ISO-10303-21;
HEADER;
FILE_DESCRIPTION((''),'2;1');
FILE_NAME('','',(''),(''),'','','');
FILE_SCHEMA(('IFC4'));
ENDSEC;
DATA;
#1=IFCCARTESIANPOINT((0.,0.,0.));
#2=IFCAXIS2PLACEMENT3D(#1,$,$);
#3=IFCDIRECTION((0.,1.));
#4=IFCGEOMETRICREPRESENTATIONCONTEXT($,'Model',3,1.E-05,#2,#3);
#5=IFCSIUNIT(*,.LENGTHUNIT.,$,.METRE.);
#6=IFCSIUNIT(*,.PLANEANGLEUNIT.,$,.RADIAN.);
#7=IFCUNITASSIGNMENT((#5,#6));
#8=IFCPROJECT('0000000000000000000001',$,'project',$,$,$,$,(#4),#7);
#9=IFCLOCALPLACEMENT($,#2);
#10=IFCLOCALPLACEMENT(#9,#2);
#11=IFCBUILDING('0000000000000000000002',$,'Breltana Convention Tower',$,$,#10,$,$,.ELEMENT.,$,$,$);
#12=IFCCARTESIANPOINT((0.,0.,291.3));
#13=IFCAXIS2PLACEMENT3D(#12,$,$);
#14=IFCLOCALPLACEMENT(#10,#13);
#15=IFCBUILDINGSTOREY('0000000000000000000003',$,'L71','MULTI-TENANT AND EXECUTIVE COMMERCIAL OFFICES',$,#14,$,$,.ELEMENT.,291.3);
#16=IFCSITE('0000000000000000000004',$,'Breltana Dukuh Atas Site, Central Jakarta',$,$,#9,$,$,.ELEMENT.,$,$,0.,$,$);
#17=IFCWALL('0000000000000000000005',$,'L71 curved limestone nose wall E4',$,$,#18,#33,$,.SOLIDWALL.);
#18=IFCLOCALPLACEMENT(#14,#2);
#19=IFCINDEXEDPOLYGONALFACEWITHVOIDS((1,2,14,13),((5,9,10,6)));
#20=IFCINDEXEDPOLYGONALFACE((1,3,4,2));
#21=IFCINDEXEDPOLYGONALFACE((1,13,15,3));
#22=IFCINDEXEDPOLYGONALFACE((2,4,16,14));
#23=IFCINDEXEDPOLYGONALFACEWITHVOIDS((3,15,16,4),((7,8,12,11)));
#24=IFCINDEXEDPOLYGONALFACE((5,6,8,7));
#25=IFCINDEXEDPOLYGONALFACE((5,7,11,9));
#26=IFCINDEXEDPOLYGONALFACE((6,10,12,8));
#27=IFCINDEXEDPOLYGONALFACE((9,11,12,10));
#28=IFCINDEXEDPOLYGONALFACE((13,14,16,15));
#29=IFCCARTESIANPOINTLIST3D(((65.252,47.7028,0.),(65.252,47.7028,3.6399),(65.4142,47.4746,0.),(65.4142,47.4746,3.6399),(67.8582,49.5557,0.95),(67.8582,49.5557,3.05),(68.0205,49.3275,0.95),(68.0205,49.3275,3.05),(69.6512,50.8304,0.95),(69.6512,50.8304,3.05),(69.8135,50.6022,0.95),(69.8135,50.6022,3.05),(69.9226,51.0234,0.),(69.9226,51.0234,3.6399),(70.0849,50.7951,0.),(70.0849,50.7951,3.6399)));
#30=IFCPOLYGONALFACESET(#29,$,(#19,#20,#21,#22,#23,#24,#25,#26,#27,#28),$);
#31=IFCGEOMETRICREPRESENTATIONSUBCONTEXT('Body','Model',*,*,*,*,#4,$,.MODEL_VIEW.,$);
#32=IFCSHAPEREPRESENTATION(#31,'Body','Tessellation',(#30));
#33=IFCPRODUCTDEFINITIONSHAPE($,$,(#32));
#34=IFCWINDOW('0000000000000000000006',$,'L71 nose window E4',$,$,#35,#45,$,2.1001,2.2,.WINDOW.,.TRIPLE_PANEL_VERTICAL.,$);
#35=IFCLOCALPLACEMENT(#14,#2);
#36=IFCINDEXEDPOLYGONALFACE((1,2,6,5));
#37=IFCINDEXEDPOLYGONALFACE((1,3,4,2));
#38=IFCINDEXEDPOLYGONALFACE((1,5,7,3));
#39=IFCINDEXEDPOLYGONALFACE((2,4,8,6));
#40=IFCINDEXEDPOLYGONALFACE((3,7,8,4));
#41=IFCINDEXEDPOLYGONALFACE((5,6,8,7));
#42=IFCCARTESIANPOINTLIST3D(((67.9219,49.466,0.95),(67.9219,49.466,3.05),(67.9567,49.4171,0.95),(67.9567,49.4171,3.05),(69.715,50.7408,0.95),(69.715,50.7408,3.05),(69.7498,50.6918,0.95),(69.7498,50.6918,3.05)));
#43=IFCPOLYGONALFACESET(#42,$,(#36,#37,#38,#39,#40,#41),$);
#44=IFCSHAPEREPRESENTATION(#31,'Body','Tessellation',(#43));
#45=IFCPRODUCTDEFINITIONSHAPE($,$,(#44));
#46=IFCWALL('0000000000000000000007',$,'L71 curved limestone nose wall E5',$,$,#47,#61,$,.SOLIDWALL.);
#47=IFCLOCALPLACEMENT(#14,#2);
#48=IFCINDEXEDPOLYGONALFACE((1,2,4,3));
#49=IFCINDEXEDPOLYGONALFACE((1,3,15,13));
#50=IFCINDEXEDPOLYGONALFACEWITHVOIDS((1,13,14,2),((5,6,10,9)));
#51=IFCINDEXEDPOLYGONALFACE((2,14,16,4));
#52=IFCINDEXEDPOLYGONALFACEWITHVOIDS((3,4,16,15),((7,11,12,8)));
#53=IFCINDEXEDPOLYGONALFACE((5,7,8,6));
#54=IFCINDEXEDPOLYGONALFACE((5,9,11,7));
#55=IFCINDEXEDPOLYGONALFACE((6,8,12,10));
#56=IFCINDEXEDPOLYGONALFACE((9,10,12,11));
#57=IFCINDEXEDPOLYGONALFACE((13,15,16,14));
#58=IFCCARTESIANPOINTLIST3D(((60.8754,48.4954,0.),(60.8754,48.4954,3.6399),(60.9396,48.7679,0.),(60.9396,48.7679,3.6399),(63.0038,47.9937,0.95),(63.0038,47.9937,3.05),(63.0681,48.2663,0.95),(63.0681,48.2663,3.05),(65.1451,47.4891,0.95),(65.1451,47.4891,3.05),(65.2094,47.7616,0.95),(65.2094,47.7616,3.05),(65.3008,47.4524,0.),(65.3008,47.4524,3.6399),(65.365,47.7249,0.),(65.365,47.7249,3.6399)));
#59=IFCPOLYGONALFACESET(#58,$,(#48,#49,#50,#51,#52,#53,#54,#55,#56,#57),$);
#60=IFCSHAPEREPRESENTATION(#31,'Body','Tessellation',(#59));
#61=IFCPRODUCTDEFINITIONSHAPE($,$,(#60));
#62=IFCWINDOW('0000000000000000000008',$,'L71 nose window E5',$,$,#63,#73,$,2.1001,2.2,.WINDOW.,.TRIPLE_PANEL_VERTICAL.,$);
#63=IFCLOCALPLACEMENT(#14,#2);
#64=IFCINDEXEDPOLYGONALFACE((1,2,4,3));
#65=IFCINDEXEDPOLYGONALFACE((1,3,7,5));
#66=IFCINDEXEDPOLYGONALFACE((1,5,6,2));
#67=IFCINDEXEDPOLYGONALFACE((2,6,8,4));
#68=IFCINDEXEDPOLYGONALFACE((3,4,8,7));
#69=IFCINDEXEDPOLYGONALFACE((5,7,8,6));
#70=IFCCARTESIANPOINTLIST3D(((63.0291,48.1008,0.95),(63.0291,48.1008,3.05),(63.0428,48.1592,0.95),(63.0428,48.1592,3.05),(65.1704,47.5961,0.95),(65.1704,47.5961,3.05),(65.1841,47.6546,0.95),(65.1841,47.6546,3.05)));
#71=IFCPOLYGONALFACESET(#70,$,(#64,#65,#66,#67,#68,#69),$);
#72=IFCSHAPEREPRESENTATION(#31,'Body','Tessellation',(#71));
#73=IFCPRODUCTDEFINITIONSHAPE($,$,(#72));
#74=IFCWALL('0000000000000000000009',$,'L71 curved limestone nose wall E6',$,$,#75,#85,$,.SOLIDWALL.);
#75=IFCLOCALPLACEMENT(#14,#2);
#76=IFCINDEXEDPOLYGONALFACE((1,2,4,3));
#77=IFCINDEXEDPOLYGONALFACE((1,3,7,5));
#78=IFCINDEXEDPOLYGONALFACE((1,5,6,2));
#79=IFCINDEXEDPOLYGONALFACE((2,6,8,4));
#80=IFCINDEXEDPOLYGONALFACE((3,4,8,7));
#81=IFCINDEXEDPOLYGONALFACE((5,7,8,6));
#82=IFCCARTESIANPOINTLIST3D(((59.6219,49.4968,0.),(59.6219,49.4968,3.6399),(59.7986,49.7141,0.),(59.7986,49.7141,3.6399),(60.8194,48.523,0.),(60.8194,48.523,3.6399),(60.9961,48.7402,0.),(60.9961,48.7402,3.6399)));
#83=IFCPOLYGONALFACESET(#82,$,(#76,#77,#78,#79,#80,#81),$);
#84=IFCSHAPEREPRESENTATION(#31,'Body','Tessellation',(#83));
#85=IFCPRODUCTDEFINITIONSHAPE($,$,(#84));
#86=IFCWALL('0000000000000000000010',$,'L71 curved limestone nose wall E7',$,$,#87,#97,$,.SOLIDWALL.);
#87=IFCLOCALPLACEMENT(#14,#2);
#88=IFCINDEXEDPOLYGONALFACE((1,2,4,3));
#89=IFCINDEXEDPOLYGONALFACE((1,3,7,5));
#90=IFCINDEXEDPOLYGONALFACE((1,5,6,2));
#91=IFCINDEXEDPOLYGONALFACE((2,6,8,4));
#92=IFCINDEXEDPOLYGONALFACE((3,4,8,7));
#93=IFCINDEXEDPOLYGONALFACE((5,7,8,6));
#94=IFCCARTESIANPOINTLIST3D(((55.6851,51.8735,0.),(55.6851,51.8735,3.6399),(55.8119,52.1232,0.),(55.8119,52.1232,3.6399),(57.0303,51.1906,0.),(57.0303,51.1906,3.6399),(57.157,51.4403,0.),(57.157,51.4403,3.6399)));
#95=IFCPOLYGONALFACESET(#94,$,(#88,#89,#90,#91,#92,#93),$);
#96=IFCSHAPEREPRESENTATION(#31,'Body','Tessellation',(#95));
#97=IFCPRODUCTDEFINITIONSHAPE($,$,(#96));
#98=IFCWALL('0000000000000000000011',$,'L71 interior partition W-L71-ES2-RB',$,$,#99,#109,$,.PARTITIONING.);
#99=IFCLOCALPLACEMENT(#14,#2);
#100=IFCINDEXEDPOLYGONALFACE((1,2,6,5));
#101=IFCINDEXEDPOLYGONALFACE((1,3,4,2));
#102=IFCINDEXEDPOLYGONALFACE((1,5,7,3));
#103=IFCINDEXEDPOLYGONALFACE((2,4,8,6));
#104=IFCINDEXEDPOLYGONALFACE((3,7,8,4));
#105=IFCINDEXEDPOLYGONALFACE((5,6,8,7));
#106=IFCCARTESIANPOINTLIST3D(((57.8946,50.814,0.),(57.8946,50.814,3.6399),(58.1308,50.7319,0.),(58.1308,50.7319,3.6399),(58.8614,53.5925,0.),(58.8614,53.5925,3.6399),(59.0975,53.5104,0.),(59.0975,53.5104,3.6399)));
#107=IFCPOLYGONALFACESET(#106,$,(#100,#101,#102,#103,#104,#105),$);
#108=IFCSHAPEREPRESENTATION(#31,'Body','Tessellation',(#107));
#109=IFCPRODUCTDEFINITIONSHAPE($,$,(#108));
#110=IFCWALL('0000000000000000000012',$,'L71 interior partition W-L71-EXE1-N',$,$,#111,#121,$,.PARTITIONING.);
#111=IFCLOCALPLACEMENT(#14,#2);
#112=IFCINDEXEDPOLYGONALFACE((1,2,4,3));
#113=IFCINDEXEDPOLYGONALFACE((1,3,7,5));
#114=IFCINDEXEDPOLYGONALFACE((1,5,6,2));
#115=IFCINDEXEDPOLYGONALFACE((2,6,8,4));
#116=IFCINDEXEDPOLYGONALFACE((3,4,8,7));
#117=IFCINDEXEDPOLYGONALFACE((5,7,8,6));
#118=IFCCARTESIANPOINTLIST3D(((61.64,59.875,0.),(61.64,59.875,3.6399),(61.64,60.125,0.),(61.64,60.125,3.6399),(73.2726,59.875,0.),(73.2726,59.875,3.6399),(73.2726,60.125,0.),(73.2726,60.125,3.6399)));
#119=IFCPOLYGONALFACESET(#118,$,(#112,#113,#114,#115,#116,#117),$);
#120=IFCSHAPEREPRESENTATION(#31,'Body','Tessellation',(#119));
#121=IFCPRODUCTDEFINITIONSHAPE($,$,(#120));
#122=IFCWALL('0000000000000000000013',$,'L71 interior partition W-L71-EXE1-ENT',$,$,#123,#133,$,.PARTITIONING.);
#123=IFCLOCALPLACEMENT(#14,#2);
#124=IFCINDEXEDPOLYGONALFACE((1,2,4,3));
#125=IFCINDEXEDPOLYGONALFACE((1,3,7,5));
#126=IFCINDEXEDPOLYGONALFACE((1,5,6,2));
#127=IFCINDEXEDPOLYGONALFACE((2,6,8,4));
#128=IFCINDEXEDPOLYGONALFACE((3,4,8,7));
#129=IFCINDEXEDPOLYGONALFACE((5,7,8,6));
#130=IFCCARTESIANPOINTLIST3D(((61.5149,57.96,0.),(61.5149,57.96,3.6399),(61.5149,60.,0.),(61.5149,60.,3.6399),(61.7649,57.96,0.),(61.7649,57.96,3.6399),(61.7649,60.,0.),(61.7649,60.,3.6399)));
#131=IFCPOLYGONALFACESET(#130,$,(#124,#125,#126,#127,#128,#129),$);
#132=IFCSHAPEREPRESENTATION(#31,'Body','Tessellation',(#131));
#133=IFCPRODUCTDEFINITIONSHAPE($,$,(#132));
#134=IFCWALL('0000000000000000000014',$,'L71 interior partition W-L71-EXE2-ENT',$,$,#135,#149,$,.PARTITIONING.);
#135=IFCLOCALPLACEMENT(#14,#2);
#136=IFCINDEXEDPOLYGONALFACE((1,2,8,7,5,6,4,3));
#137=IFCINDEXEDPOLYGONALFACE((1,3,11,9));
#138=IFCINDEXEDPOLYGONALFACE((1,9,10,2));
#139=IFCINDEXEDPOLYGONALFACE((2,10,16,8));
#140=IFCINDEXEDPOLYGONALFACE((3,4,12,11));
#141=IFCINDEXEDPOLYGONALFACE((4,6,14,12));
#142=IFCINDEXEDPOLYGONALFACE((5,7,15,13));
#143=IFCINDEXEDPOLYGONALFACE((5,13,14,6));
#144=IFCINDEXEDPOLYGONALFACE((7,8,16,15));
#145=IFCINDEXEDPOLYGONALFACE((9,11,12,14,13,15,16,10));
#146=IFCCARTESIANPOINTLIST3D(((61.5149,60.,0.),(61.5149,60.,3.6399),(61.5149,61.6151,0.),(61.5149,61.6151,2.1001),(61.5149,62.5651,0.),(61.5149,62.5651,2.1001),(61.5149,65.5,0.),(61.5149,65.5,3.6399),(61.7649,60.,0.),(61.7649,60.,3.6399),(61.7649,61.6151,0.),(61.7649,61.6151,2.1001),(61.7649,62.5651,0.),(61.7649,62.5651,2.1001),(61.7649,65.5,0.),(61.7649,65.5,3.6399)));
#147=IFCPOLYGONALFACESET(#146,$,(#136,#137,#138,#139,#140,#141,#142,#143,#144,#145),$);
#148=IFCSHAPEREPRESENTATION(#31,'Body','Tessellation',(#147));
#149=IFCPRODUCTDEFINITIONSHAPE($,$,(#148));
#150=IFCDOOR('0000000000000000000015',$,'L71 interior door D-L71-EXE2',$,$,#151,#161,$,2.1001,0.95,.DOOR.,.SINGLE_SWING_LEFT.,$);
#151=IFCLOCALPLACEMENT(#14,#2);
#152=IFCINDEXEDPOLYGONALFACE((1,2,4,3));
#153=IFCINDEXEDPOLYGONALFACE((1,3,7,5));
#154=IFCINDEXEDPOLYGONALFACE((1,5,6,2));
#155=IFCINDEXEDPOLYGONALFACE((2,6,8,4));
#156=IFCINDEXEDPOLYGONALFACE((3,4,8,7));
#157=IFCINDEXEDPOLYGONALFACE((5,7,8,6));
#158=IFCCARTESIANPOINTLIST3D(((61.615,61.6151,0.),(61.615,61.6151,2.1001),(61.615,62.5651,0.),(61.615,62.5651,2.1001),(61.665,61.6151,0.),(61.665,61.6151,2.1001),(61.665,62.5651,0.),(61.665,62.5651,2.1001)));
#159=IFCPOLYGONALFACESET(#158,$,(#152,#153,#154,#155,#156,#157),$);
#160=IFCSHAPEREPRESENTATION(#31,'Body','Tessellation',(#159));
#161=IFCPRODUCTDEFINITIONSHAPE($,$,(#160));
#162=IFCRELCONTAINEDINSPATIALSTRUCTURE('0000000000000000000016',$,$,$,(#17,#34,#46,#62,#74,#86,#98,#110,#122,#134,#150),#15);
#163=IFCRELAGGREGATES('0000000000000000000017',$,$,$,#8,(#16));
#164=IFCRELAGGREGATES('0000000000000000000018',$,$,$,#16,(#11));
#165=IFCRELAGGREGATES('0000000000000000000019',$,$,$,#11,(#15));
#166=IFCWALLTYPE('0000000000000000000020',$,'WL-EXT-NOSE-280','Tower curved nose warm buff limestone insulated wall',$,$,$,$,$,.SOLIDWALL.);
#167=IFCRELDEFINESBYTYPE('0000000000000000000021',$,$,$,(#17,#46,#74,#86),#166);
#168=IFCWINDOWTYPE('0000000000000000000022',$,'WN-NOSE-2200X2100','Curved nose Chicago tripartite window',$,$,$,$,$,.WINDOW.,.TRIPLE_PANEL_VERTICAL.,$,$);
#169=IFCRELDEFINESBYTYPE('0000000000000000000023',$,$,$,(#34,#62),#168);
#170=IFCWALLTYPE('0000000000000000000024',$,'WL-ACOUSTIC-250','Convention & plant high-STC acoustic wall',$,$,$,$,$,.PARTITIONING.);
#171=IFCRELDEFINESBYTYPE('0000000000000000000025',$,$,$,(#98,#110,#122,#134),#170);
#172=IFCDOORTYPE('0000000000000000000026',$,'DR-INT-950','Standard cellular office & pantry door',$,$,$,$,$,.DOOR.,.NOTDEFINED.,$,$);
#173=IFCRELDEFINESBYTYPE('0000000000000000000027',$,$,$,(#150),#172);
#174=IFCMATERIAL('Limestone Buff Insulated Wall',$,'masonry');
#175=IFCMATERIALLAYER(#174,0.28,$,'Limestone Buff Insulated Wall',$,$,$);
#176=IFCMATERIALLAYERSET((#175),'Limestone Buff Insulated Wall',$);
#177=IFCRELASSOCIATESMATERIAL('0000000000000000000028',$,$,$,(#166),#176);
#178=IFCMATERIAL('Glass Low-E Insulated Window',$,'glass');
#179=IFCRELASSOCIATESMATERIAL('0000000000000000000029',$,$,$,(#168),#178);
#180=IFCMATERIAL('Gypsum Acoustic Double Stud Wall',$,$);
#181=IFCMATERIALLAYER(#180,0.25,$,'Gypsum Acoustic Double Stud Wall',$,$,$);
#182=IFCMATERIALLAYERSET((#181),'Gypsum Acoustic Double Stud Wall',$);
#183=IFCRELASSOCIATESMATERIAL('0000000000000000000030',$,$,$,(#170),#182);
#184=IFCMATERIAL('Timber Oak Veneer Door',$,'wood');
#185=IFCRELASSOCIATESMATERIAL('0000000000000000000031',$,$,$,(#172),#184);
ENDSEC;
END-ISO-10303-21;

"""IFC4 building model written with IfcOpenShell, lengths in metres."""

from ifc_helpers import new_model, si_unit, direction, frame, frame_2d, origin, place, context, subcontext, project, spatial, rectangle, extrude, source, transform, mapped, material, layer, layer_set, type_object, type_shapes, element, fill, save


model = new_model("IFC4")

# Units and contexts
model_context = context("Model", 3, precision=1e-05, world=origin(), true_north=direction((0.0, 1.0)))
body_context = subcontext(model_context, "Body", "Model", "MODEL_VIEW")
ifc_project = project(units=[si_unit("LENGTHUNIT", "METRE"), si_unit("PLANEANGLEUNIT", "RADIAN")], contexts=[model_context])

# Site, building, storey
site_placement = place(None, origin())
site = spatial("IfcSite", under=ifc_project, at=site_placement, Name="Breltana Dukuh Atas Site, Central Jakarta", CompositionType="ELEMENT", RefElevation=0.0)
building_placement = place(site_placement, origin())
building = spatial("IfcBuilding", under=site, at=building_placement, Name="Breltana Convention Tower", CompositionType="ELEMENT")
storey_placement = place(building_placement, frame((0.0, 0.0, 291.3)))
storey = spatial("IfcBuildingStorey", under=building, at=storey_placement, Name="L71", Description="MULTI-TENANT AND EXECUTIVE COMMERCIAL OFFICES", CompositionType="ELEMENT", Elevation=291.3)

# Walls, openings, windows
ifc_material_1 = material(Name="Limestone Buff Insulated Wall", Category="masonry")
ifc_layer_1 = layer(ifc_material_1, 0.28, Name="Limestone Buff Insulated Wall")
ifc_layer_set_1 = layer_set([ifc_layer_1], Name="Limestone Buff Insulated Wall")
wall_type_1 = type_object("IfcWallType", Name="WL-EXT-NOSE-280", Description="Tower curved nose warm buff limestone insulated wall", PredefinedType="SOLIDWALL", material=ifc_layer_set_1)
ifc_material_2 = material(Name="Glass Low-E Insulated Window", Category="glass")
window_type = type_object("IfcWindowType", Name="WN-NOSE-2200X2100", Description="Curved nose Chicago tripartite window", PartitioningType="TRIPLE_PANEL_VERTICAL", PredefinedType="WINDOW", material=ifc_material_2)
shared_shape_1 = source(origin(), body_context, "Body", "SweptSolid", [
    extrude(rectangle(XDim=2.2, YDim=2.1001, at=frame_2d((1.1001, 1.05))), frame((0.0, 0.03, 0.0), z_axis=(0.0, -1.0, 0.0), x_axis=(1.0, 0.0, 0.0)), (0.0, 0.0, 1.0), 0.0601),
])
type_shapes(window_type, [shared_shape_1])
shared_shape_2 = source(origin(), body_context, "Body", "SweptSolid", [
    extrude(rectangle(XDim=5.7307, YDim=0.28, at=frame_2d((2.8652, 0.0))), origin(), (0.0, 0.0, 1.0), 3.6399),
])
wall_1_placement = place(storey_placement, frame((70.0037, 50.9092, 0.0), z_axis=(0.0, 0.0, 1.0), x_axis=(-0.815021, -0.579431, 0.0)))
wall_1 = element("IfcWall", 1, at=wall_1_placement, inside=storey, type_object=wall_type_1, Name="L71 curved limestone nose wall E4", PredefinedType="SOLIDWALL", context=body_context, shape_type="MappedRepresentation", body=[
    mapped(shared_shape_2, transform((0.0, 0.0, 0.0), scale=1.0)),
])
opening_1_placement = place(wall_1_placement, frame((0.3328, 0.0, 0.95)))
opening_1 = element("IfcOpeningElement", 2, at=opening_1_placement, cuts=wall_1, PredefinedType="OPENING", context=body_context, shape_type="SweptSolid", body=[
    extrude(rectangle(XDim=2.2, YDim=2.1001, at=frame_2d((1.1001, 1.05))), frame((0.0, 0.1499, 0.0), z_axis=(0.0, -1.0, 0.0), x_axis=(1.0, 0.0, 0.0)), (0.0, 0.0, 1.0), 0.3),
])
window_1_placement = place(opening_1_placement, origin())
window_1 = element("IfcWindow", 3, at=window_1_placement, inside=storey, type_object=window_type, Name="L71 nose window E4", OverallHeight=2.1001, OverallWidth=2.2, PartitioningType="TRIPLE_PANEL_VERTICAL", PredefinedType="WINDOW", context=body_context, shape_type="MappedRepresentation", body=[
    mapped(shared_shape_1, transform((0.0, 0.0, 0.0), scale=1.0)),
])
fill(opening_1, window_1)
shared_shape_3 = source(origin(), body_context, "Body", "SweptSolid", [
    extrude(rectangle(XDim=4.5466, YDim=0.28, at=frame_2d((2.2734, 0.0))), origin(), (0.0, 0.0, 1.0), 3.6399),
])
wall_2_placement = place(storey_placement, frame((65.333, 47.5886, 0.0), z_axis=(0.0, 0.0, 1.0), x_axis=(-0.973333, 0.229398, 0.0)))
wall_2 = element("IfcWall", 4, at=wall_2_placement, inside=storey, type_object=wall_type_1, Name="L71 curved limestone nose wall E5", PredefinedType="SOLIDWALL", context=body_context, shape_type="MappedRepresentation", body=[
    mapped(shared_shape_3, transform((0.0, 0.0, 0.0), scale=1.0)),
])
opening_2_placement = place(wall_2_placement, frame((0.1599, 0.0, 0.95)))
opening_2 = element("IfcOpeningElement", 5, at=opening_2_placement, cuts=wall_2, PredefinedType="OPENING", context=body_context, shape_type="SweptSolid", body=[
    extrude(rectangle(XDim=2.2, YDim=2.1001, at=frame_2d((1.1001, 1.05))), frame((0.0, 0.1499, 0.0), z_axis=(0.0, -1.0, 0.0), x_axis=(1.0, 0.0, 0.0)), (0.0, 0.0, 1.0), 0.3),
])
window_2_placement = place(opening_2_placement, origin())
window_2 = element("IfcWindow", 6, at=window_2_placement, inside=storey, type_object=window_type, Name="L71 nose window E5", OverallHeight=2.1001, OverallWidth=2.2, PartitioningType="TRIPLE_PANEL_VERTICAL", PredefinedType="WINDOW", context=body_context, shape_type="MappedRepresentation", body=[
    mapped(shared_shape_1, transform((0.0, 0.0, 0.0), scale=1.0)),
])
fill(opening_2, window_2)

# Walls
shared_shape_4 = source(origin(), body_context, "Body", "SweptSolid", [
    extrude(rectangle(XDim=1.5435, YDim=0.28, at=frame_2d((0.7717, 0.0))), origin(), (0.0, 0.0, 1.0), 3.6399),
])
wall_3_placement = place(storey_placement, frame((60.9077, 48.6316, 0.0), z_axis=(0.0, 0.0, 1.0), x_axis=(-0.775828, 0.630944, 0.0)))
element("IfcWall", 7, at=wall_3_placement, inside=storey, type_object=wall_type_1, Name="L71 curved limestone nose wall E6", PredefinedType="SOLIDWALL", context=body_context, shape_type="MappedRepresentation", body=[
    mapped(shared_shape_4, transform((0.0, 0.0, 0.0), scale=1.0)),
])
shared_shape_5 = source(origin(), body_context, "Body", "SweptSolid", [
    extrude(rectangle(XDim=1.5085, YDim=0.28, at=frame_2d((0.7544, 0.0))), origin(), (0.0, 0.0, 1.0), 3.6399),
])
wall_4_placement = place(storey_placement, frame((57.0938, 51.3154, 0.0), z_axis=(0.0, 0.0, 1.0), x_axis=(-0.891692, 0.452643, 0.0)))
element("IfcWall", 8, at=wall_4_placement, inside=storey, type_object=wall_type_1, Name="L71 curved limestone nose wall E7", PredefinedType="SOLIDWALL", context=body_context, shape_type="MappedRepresentation", body=[
    mapped(shared_shape_5, transform((0.0, 0.0, 0.0), scale=1.0)),
])
ifc_material_3 = material(Name="Gypsum Acoustic Double Stud Wall")
ifc_layer_2 = layer(ifc_material_3, 0.25, Name="Gypsum Acoustic Double Stud Wall")
ifc_layer_set_2 = layer_set([ifc_layer_2], Name="Gypsum Acoustic Double Stud Wall")
wall_type_2 = type_object("IfcWallType", Name="WL-ACOUSTIC-250", Description="Convention & plant high-STC acoustic wall", PredefinedType="PARTITIONING", material=ifc_layer_set_2)
shared_shape_6 = source(origin(), body_context, "Body", "SweptSolid", [
    extrude(rectangle(XDim=2.9419, YDim=0.25, at=frame_2d((1.4709, 0.0))), origin(), (0.0, 0.0, 1.0), 3.6399),
])
wall_5_placement = place(storey_placement, frame((58.0127, 50.7729, 0.0), z_axis=(0.0, 0.0, 1.0), x_axis=(0.328624, 0.944461, 0.0)))
element("IfcWall", 9, at=wall_5_placement, inside=storey, type_object=wall_type_2, Name="L71 interior partition W-L71-ES2-RB", PredefinedType="PARTITIONING", context=body_context, shape_type="MappedRepresentation", body=[
    mapped(shared_shape_6, transform((0.0, 0.0, 0.0), scale=1.0)),
])
shared_shape_7 = source(origin(), body_context, "Body", "SweptSolid", [
    extrude(rectangle(XDim=11.6326, YDim=0.25, at=frame_2d((5.8164, 0.0))), origin(), (0.0, 0.0, 1.0), 3.6399),
])
wall_6_placement = place(storey_placement, frame((61.6399, 60.0, 0.0), z_axis=(0.0, 0.0, 1.0), x_axis=(1.0, 0.0, 0.0)))
element("IfcWall", 10, at=wall_6_placement, inside=storey, type_object=wall_type_2, Name="L71 interior partition W-L71-EXE1-N", PredefinedType="PARTITIONING", context=body_context, shape_type="MappedRepresentation", body=[
    mapped(shared_shape_7, transform((0.0, 0.0, 0.0), scale=1.0)),
])
shared_shape_8 = source(origin(), body_context, "Body", "SweptSolid", [
    extrude(rectangle(XDim=2.04, YDim=0.25, at=frame_2d((1.02, 0.0))), origin(), (0.0, 0.0, 1.0), 3.6399),
])
wall_7_placement = place(storey_placement, frame((61.6399, 57.96, 0.0), z_axis=(0.0, 0.0, 1.0), x_axis=(0.0, 1.0, 0.0)))
element("IfcWall", 11, at=wall_7_placement, inside=storey, type_object=wall_type_2, Name="L71 interior partition W-L71-EXE1-ENT", PredefinedType="PARTITIONING", context=body_context, shape_type="MappedRepresentation", body=[
    mapped(shared_shape_8, transform((0.0, 0.0, 0.0), scale=1.0)),
])

# Wall, opening, door
shared_shape_9 = source(origin(), body_context, "Body", "SweptSolid", [
    extrude(rectangle(XDim=5.5, YDim=0.25, at=frame_2d((2.75, 0.0))), origin(), (0.0, 0.0, 1.0), 3.6399),
])
wall_8_placement = place(storey_placement, frame((61.6399, 60.0, 0.0), z_axis=(0.0, 0.0, 1.0), x_axis=(0.0, 1.0, 0.0)))
wall_8 = element("IfcWall", 12, at=wall_8_placement, inside=storey, type_object=wall_type_2, Name="L71 interior partition W-L71-EXE2-ENT", PredefinedType="PARTITIONING", context=body_context, shape_type="MappedRepresentation", body=[
    mapped(shared_shape_9, transform((0.0, 0.0, 0.0), scale=1.0)),
])
opening_3_placement = place(wall_8_placement, frame((1.615, 0.0, 0.0)))
opening_3 = element("IfcOpeningElement", 13, at=opening_3_placement, cuts=wall_8, PredefinedType="OPENING", context=body_context, shape_type="SweptSolid", body=[
    extrude(rectangle(XDim=0.95, YDim=2.1001, at=frame_2d((0.4751, 1.05))), frame((0.0, 0.135, 0.0), z_axis=(0.0, -1.0, 0.0), x_axis=(1.0, 0.0, 0.0)), (0.0, 0.0, 1.0), 0.27),
])
ifc_material_4 = material(Name="Timber Oak Veneer Door", Category="wood")
door_type = type_object("IfcDoorType", Name="DR-INT-950", Description="Standard cellular office & pantry door", OperationType="NOTDEFINED", PredefinedType="DOOR", material=ifc_material_4)
shared_shape_10 = source(origin(), body_context, "Body", "SweptSolid", [
    extrude(rectangle(XDim=0.95, YDim=2.1001, at=frame_2d((0.4751, 1.05))), frame((0.0, 0.0249, 0.0), z_axis=(0.0, -1.0, 0.0), x_axis=(1.0, 0.0, 0.0)), (0.0, 0.0, 1.0), 0.05),
])
type_shapes(door_type, [shared_shape_10])
door_placement = place(opening_3_placement, origin())
door = element("IfcDoor", 14, at=door_placement, inside=storey, type_object=door_type, Name="L71 interior door D-L71-EXE2", OperationType="SINGLE_SWING_LEFT", OverallHeight=2.1001, OverallWidth=0.95, PredefinedType="DOOR", context=body_context, shape_type="MappedRepresentation", body=[
    mapped(shared_shape_10, transform((0.0, 0.0, 0.0), scale=1.0)),
])
fill(opening_3, door)

save(model, "model.ifc")
